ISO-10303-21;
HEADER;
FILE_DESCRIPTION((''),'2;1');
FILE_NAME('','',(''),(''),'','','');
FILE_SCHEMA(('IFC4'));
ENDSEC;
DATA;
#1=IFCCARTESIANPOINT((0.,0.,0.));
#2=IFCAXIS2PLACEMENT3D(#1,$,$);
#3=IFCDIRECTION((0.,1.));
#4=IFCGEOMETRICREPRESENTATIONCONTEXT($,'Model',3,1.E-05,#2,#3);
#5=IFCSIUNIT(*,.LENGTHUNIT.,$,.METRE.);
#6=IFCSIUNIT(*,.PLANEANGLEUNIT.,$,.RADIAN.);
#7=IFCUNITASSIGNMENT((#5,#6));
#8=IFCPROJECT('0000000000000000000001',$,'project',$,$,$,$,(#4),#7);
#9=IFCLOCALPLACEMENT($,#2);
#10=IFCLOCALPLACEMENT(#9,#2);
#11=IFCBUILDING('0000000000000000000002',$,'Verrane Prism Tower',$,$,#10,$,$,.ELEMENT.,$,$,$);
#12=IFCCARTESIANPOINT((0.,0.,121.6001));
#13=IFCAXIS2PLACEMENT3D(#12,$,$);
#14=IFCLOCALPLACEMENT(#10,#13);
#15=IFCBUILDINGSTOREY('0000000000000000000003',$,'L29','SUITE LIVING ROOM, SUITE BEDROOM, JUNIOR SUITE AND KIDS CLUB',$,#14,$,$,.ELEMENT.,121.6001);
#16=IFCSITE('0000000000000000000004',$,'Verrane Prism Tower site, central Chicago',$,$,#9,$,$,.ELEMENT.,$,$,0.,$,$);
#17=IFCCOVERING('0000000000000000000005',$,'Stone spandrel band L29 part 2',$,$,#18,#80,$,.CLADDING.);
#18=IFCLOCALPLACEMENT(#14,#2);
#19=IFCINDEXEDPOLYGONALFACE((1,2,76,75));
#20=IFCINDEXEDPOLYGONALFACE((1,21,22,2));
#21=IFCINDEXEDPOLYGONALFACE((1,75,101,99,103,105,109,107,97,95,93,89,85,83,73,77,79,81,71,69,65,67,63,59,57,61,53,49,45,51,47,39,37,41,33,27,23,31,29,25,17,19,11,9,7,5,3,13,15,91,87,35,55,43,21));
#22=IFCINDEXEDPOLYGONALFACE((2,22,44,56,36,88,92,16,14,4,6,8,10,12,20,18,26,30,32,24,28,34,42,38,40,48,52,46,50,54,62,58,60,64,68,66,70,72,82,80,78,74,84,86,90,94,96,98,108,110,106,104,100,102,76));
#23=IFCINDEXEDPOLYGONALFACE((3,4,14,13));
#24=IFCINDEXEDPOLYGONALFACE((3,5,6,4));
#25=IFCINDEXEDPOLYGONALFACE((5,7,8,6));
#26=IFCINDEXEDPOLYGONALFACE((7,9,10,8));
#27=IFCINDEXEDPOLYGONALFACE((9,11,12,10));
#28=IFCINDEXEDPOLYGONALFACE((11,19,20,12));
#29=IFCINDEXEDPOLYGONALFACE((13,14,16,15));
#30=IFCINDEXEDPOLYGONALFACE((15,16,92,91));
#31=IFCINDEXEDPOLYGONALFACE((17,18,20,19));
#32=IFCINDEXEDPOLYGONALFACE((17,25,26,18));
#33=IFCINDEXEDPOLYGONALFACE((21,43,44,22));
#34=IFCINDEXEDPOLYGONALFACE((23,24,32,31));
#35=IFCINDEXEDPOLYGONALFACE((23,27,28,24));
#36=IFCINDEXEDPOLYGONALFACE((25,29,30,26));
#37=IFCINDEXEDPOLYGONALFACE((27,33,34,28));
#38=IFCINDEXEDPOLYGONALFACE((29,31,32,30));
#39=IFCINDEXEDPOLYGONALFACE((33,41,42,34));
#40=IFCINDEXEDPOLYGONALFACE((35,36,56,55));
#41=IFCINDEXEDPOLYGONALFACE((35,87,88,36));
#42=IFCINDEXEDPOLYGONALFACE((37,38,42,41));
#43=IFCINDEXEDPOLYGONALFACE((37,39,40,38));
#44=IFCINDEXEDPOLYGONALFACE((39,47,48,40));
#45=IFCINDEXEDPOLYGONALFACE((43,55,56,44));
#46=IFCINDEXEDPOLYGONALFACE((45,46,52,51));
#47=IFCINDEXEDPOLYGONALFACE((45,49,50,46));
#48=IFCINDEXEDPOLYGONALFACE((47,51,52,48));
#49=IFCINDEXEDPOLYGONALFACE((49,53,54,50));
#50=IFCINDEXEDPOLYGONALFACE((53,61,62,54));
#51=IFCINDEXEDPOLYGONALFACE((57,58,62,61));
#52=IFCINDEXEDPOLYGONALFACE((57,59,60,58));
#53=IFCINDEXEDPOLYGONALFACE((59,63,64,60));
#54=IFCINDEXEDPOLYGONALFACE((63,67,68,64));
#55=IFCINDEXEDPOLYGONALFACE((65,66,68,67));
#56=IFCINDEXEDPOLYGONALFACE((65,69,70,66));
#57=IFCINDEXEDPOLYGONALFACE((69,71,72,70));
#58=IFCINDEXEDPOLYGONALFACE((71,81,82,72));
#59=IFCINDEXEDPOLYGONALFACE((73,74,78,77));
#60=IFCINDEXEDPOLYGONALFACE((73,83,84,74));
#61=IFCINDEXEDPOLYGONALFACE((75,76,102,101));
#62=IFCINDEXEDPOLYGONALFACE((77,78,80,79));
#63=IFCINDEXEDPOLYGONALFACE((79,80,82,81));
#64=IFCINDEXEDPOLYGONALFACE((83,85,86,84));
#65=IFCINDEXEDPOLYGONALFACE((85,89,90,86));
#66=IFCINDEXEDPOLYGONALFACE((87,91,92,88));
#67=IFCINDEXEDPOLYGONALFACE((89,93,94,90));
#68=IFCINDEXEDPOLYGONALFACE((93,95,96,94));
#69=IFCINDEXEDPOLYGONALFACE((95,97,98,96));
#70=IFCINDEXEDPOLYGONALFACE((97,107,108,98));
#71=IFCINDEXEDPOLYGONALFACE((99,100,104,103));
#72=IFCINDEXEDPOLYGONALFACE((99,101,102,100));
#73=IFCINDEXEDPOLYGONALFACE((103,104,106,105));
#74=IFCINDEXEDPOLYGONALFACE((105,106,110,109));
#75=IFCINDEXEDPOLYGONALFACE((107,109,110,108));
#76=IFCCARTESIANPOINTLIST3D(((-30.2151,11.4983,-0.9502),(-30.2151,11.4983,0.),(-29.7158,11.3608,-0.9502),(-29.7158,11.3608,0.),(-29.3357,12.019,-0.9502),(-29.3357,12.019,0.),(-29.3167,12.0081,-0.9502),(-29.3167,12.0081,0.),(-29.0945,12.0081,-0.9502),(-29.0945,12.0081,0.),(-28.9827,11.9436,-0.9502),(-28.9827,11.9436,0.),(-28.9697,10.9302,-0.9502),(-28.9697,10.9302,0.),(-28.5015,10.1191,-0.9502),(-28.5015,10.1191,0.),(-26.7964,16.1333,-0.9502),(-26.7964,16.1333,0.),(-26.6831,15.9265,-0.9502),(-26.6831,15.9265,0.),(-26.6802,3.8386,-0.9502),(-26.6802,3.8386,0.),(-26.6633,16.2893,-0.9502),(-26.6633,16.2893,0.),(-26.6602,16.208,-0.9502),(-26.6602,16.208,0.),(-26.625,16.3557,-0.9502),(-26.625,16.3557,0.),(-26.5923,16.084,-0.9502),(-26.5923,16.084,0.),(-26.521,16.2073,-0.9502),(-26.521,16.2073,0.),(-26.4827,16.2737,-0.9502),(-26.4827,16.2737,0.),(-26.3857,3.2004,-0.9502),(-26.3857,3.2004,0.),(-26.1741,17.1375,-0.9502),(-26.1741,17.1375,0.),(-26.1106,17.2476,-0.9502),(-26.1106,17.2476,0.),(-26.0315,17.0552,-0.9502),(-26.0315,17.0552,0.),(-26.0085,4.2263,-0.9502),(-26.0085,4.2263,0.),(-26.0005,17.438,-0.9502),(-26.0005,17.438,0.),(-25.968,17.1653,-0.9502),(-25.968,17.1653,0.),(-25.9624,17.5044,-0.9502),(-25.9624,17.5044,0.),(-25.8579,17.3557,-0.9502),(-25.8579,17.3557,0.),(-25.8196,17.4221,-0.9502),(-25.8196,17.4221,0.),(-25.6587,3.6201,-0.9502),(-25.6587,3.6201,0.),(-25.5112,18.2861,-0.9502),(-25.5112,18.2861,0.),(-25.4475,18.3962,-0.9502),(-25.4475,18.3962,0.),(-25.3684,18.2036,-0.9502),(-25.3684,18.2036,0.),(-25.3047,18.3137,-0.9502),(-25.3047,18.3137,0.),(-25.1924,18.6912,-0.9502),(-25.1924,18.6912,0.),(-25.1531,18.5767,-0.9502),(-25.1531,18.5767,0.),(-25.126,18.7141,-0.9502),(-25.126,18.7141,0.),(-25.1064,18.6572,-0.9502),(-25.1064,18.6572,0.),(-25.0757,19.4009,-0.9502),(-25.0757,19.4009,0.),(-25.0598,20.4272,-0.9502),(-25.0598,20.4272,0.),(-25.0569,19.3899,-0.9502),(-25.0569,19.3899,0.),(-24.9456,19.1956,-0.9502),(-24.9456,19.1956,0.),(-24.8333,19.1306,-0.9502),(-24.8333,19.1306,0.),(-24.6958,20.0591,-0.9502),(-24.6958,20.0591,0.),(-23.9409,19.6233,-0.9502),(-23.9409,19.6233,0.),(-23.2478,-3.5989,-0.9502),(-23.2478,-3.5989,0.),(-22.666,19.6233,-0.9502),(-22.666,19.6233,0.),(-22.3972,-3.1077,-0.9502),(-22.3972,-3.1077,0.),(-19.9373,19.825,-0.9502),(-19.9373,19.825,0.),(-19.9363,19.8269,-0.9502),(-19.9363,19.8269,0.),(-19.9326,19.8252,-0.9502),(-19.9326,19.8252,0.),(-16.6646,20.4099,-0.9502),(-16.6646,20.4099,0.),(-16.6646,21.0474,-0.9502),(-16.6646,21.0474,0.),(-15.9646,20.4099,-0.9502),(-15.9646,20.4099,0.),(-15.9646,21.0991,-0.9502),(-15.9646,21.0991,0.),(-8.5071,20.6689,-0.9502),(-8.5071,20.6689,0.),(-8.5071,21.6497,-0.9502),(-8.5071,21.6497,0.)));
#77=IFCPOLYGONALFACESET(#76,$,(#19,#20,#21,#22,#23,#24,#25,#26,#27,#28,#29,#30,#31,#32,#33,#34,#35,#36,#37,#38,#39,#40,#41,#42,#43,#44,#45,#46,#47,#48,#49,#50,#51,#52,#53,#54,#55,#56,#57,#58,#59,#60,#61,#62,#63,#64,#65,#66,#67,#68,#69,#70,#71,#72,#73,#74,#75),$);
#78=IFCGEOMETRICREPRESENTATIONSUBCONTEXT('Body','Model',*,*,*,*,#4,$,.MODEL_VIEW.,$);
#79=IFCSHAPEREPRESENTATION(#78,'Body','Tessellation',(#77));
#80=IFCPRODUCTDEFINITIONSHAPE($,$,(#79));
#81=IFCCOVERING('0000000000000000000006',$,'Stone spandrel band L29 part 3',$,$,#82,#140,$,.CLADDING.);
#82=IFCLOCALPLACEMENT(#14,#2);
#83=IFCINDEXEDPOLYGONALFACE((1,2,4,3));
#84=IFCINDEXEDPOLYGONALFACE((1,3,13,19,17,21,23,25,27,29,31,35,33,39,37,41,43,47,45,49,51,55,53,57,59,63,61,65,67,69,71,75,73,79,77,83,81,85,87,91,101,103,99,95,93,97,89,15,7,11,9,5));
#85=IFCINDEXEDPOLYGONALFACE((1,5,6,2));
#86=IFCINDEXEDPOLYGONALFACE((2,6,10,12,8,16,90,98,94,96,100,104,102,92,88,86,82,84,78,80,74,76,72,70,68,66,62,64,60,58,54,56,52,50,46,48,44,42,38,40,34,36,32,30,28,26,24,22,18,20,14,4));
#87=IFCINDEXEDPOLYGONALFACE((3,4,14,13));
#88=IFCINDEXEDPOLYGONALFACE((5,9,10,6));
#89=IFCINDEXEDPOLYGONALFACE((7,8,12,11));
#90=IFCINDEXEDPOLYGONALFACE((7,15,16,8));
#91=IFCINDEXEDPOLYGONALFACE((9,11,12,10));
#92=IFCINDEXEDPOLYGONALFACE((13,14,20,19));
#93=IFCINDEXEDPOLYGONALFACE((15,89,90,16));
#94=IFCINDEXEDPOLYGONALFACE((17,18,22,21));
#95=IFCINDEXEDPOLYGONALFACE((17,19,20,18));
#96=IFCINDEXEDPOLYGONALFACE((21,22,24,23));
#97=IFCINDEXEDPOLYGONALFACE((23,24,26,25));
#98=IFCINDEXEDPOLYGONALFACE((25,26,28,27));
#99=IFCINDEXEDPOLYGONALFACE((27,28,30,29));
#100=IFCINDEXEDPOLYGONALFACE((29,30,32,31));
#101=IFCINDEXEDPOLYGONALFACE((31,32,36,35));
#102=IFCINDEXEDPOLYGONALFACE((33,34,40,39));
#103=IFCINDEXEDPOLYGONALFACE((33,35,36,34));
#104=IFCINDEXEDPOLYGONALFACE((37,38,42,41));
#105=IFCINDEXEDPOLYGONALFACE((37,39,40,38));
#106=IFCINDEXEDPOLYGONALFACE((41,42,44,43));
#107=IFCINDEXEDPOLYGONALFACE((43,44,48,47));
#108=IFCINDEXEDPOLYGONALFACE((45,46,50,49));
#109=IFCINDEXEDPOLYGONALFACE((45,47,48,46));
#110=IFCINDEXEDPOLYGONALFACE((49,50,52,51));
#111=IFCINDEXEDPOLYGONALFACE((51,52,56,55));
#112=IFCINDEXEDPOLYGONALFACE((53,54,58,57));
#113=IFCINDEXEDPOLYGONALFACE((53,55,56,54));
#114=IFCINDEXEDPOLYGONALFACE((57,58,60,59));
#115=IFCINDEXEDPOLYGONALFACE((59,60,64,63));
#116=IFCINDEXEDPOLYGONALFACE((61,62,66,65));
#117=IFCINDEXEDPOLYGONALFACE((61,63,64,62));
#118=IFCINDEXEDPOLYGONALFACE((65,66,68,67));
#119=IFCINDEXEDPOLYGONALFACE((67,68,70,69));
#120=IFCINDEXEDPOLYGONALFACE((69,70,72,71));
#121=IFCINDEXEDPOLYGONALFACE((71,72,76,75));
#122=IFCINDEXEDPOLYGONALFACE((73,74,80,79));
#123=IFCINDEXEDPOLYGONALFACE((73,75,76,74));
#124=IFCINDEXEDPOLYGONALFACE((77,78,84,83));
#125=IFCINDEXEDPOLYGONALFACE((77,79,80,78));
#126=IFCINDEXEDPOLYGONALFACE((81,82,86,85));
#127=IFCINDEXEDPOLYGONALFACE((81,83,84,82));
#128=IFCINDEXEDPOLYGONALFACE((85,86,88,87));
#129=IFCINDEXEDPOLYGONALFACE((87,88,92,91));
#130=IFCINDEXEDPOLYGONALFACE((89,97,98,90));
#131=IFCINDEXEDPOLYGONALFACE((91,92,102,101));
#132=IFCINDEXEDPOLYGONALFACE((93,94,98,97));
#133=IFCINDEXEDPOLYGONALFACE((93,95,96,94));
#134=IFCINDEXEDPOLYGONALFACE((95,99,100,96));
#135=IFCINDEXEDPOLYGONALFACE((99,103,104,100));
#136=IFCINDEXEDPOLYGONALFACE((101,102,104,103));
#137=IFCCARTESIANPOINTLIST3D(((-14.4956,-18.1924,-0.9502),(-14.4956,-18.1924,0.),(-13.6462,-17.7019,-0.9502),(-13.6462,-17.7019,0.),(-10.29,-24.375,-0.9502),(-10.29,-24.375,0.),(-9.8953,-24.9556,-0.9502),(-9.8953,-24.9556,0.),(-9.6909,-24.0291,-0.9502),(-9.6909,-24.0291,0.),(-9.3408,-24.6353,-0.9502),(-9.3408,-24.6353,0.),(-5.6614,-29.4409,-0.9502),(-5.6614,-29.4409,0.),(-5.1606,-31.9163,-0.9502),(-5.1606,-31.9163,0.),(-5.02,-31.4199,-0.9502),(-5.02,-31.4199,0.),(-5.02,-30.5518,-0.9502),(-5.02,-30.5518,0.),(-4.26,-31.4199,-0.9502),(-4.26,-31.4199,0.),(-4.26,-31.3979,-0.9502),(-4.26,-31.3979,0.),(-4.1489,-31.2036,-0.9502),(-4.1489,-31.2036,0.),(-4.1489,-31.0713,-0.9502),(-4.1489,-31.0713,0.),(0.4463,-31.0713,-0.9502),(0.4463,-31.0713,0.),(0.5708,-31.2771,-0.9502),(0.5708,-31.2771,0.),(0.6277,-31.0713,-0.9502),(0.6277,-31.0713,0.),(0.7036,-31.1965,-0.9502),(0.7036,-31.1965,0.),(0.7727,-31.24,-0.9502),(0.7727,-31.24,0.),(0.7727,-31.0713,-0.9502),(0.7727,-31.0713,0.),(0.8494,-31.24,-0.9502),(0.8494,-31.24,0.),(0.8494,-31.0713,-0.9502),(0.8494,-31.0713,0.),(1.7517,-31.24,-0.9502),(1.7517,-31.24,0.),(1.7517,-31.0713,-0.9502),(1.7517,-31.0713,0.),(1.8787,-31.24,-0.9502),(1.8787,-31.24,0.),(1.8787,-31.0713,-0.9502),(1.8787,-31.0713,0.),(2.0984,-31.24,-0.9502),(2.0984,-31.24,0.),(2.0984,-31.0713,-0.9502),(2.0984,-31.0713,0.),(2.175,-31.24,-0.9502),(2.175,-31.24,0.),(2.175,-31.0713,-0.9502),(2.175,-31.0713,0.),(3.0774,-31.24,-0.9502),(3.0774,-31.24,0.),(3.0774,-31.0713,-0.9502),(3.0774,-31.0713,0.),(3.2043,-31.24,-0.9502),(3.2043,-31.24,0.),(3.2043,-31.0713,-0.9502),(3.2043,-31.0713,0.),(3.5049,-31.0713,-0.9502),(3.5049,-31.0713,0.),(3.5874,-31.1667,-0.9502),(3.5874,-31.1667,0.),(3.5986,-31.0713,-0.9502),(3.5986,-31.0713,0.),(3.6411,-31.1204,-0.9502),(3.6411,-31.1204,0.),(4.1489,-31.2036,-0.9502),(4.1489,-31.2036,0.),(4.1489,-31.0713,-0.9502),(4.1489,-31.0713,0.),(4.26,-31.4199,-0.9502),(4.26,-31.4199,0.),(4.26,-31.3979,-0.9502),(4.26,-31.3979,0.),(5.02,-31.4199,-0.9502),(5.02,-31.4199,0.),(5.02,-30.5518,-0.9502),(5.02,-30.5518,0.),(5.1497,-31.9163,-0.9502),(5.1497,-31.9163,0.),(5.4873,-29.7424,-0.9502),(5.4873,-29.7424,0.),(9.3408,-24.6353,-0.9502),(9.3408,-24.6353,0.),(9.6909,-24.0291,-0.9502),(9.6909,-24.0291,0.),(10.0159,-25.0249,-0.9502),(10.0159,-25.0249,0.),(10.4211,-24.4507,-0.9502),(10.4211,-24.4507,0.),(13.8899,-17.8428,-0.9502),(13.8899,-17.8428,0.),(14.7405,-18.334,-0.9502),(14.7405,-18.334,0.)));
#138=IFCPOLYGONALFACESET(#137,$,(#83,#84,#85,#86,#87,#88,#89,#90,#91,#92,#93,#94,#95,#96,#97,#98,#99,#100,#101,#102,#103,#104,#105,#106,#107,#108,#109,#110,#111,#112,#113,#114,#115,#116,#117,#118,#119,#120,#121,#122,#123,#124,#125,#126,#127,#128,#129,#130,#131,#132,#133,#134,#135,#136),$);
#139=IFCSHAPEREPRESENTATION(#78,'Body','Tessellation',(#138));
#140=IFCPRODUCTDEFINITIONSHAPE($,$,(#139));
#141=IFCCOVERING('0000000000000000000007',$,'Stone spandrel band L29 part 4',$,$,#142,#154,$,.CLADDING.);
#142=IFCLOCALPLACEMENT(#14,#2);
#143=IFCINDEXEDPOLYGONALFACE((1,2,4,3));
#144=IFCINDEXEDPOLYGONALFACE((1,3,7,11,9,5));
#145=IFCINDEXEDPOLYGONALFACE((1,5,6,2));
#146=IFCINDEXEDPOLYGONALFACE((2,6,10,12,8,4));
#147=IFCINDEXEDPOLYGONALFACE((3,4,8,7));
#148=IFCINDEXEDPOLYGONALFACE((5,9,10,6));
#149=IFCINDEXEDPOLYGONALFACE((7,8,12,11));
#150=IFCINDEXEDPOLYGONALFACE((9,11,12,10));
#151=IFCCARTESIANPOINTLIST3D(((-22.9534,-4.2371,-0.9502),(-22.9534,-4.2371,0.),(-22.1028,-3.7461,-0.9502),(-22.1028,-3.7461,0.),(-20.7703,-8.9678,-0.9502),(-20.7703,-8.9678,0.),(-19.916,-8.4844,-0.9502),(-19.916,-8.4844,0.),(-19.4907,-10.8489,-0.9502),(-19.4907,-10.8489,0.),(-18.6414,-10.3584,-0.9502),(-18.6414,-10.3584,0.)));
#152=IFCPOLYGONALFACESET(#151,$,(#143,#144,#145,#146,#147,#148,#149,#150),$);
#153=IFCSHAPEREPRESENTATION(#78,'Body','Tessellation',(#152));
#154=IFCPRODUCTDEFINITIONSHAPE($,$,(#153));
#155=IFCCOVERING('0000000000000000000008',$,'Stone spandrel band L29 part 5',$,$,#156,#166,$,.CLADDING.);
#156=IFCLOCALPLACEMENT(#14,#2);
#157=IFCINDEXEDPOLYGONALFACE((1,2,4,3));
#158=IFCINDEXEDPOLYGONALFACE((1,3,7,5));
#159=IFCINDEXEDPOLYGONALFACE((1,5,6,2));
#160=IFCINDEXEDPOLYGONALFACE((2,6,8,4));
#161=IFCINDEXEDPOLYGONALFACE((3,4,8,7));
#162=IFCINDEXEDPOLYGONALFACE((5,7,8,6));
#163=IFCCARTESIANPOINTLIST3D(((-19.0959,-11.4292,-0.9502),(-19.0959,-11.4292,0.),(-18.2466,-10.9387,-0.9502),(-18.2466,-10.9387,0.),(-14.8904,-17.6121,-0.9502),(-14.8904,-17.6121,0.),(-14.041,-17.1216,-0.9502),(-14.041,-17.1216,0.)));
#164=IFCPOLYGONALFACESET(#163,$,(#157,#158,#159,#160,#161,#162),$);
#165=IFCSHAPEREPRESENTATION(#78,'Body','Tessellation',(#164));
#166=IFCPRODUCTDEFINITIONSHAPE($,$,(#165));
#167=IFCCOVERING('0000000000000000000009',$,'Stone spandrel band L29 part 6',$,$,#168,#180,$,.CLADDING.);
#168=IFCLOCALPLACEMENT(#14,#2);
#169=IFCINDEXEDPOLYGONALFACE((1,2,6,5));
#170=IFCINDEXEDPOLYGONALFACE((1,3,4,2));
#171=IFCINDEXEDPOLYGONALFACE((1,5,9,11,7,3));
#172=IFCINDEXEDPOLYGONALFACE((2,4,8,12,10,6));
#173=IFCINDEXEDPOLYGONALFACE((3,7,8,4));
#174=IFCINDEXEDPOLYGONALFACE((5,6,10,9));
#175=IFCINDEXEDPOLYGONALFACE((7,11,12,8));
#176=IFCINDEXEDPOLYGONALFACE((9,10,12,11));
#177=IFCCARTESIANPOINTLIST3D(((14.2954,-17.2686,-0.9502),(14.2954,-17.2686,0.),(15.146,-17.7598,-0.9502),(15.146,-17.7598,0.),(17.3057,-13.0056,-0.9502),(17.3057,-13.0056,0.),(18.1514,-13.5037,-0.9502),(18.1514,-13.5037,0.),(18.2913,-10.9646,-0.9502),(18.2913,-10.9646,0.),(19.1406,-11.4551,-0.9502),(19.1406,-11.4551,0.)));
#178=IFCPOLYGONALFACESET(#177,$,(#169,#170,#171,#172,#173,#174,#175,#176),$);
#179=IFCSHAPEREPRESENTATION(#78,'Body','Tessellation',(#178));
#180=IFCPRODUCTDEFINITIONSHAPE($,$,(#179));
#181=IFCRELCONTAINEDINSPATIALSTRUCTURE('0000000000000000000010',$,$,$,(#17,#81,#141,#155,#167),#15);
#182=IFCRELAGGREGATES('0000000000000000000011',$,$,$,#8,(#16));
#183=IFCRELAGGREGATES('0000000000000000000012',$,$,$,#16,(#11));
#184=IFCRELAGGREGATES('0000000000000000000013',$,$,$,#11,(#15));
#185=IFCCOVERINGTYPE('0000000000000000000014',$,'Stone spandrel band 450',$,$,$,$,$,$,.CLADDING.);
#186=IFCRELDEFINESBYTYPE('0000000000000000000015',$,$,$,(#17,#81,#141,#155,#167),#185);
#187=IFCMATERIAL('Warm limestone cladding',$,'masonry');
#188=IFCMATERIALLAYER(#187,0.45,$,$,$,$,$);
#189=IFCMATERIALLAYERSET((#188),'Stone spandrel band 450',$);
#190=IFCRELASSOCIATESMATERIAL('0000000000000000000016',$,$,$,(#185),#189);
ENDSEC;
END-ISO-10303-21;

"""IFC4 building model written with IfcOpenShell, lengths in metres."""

from ifc_helpers import new_model, si_unit, direction, frame, origin, place, context, subcontext, project, spatial, polyline, outline, extrude, material, layer, layer_set, type_object, element, save


model = new_model("IFC4")

# Units and contexts
model_context = context("Model", 3, precision=1e-05, world=origin(), true_north=direction((0.0, 1.0)))
body_context = subcontext(model_context, "Body", "Model", "MODEL_VIEW")
ifc_project = project(units=[si_unit("LENGTHUNIT", "METRE"), si_unit("PLANEANGLEUNIT", "RADIAN")], contexts=[model_context])

# Site, building, storey
site_placement = place(None, origin())
site = spatial("IfcSite", under=ifc_project, at=site_placement, Name="Verrane Prism Tower site, central Chicago", CompositionType="ELEMENT", RefElevation=0.0)
building_placement = place(site_placement, origin())
building = spatial("IfcBuilding", under=site, at=building_placement, Name="Verrane Prism Tower", CompositionType="ELEMENT")
storey_placement = place(building_placement, frame((0.0, 0.0, 121.6001)))
storey = spatial("IfcBuildingStorey", under=building, at=storey_placement, Name="L29", Description="SUITE LIVING ROOM, SUITE BEDROOM, JUNIOR SUITE AND KIDS CLUB", CompositionType="ELEMENT", Elevation=121.6001)

# Coverings
ifc_material_1 = material(Name="Warm limestone cladding", Category="masonry")
ifc_layer_1 = layer(ifc_material_1, 0.45)
ifc_layer_set_1 = layer_set([ifc_layer_1], Name="Stone spandrel band 450")
covering_type_1 = type_object("IfcCoveringType", Name="Stone spandrel band 450", PredefinedType="CLADDING", material=ifc_layer_set_1)
covering_1_placement = place(storey_placement, frame((0.0, 0.0, -0.9502)))
element("IfcCovering", 1, at=covering_1_placement, inside=storey, type_object=covering_type_1, Name="Stone spandrel band L29 part 2", PredefinedType="CLADDING", context=body_context, shape_type="SweptSolid", body=[
    extrude(outline(polyline([(-22.3972, -3.1077), (-28.5015, 10.1191), (-28.9697, 10.9302), (-29.7158, 11.3608), (-29.3357, 12.019), (-29.3167, 12.0081), (-29.0945, 12.0081), (-28.9827, 11.9436), (-26.6831, 15.9265), (-26.7964, 16.1333), (-26.6602, 16.208), (-26.5923, 16.084), (-26.521, 16.2073), (-26.6633, 16.2893), (-26.625, 16.3557), (-26.4827, 16.2737), (-26.0315, 17.0552), (-26.1741, 17.1375), (-26.1106, 17.2476), (-25.968, 17.1653), (-25.8579, 17.3557), (-26.0005, 17.438), (-25.9624, 17.5044), (-25.8196, 17.4221), (-25.3684, 18.2036), (-25.5112, 18.2861), (-25.4475, 18.3962), (-25.3047, 18.3137), (-25.1531, 18.5767), (-25.1924, 18.6912), (-25.126, 18.7141), (-25.1064, 18.6572), (-24.8333, 19.1306), (-24.9456, 19.1956), (-25.0569, 19.3899), (-25.0757, 19.4009), (-24.6958, 20.0591), (-23.9409, 19.6233), (-22.666, 19.6233), (-19.9373, 19.825), (-19.9363, 19.8269), (-19.9326, 19.8252), (-8.5071, 20.6689), (-8.5071, 21.6497), (-15.9646, 21.0991), (-15.9646, 20.4099), (-16.6646, 20.4099), (-16.6646, 21.0474), (-25.0598, 20.4272), (-30.2151, 11.4983), (-26.6802, 3.8386), (-26.0085, 4.2263), (-25.6587, 3.6201), (-26.3857, 3.2004), (-23.2478, -3.5989), (-22.3972, -3.1077)])), origin(), (0.0, 0.0, 1.0), 0.9502),
])
covering_2_placement = place(storey_placement, frame((0.0, 0.0, -0.9502)))
element("IfcCovering", 2, at=covering_2_placement, inside=storey, type_object=covering_type_1, Name="Stone spandrel band L29 part 3", PredefinedType="CLADDING", context=body_context, shape_type="SweptSolid", body=[
    extrude(outline(polyline([(5.1497, -31.9163), (10.0159, -25.0249), (9.3408, -24.6353), (9.6909, -24.0291), (10.4211, -24.4507), (14.7405, -18.334), (13.8899, -17.8428), (5.4873, -29.7424), (5.02, -30.5518), (5.02, -31.4199), (4.26, -31.4199), (4.26, -31.3979), (4.1489, -31.2036), (4.1489, -31.0713), (3.5986, -31.0713), (3.6411, -31.1204), (3.5874, -31.1667), (3.5049, -31.0713), (3.2043, -31.0713), (3.2043, -31.24), (3.0774, -31.24), (3.0774, -31.0713), (2.175, -31.0713), (2.175, -31.24), (2.0984, -31.24), (2.0984, -31.0713), (1.8787, -31.0713), (1.8787, -31.24), (1.7517, -31.24), (1.7517, -31.0713), (0.8494, -31.0713), (0.8494, -31.24), (0.7727, -31.24), (0.7727, -31.0713), (0.6277, -31.0713), (0.7036, -31.1965), (0.5708, -31.2771), (0.4463, -31.0713), (-4.1489, -31.0713), (-4.1489, -31.2036), (-4.26, -31.3979), (-4.26, -31.4199), (-5.02, -31.4199), (-5.02, -30.5518), (-5.6614, -29.4409), (-13.6462, -17.7019), (-14.4956, -18.1924), (-10.29, -24.375), (-9.6909, -24.0291), (-9.3408, -24.6353), (-9.8953, -24.9556), (-5.1606, -31.9163), (5.1497, -31.9163)])), origin(), (0.0, 0.0, 1.0), 0.9502),
])
covering_3_placement = place(storey_placement, frame((0.0, 0.0, -0.9502)))
element("IfcCovering", 3, at=covering_3_placement, inside=storey, type_object=covering_type_1, Name="Stone spandrel band L29 part 4", PredefinedType="CLADDING", context=body_context, shape_type="SweptSolid", body=[
    extrude(outline(polyline([(-18.6414, -10.3584), (-19.916, -8.4844), (-22.1028, -3.7461), (-22.9534, -4.2371), (-20.7703, -8.9678), (-19.4907, -10.8489), (-18.6414, -10.3584)])), origin(), (0.0, 0.0, 1.0), 0.9502),
])
covering_4_placement = place(storey_placement, frame((0.0, 0.0, -0.9502)))
element("IfcCovering", 4, at=covering_4_placement, inside=storey, type_object=covering_type_1, Name="Stone spandrel band L29 part 5", PredefinedType="CLADDING", context=body_context, shape_type="SweptSolid", body=[
    extrude(outline(polyline([(-14.8904, -17.6121), (-14.041, -17.1216), (-18.2466, -10.9387), (-19.0959, -11.4292), (-14.8904, -17.6121)])), origin(), (0.0, 0.0, 1.0), 0.9502),
])
covering_5_placement = place(storey_placement, frame((0.0, 0.0, -0.9502)))
element("IfcCovering", 5, at=covering_5_placement, inside=storey, type_object=covering_type_1, Name="Stone spandrel band L29 part 6", PredefinedType="CLADDING", context=body_context, shape_type="SweptSolid", body=[
    extrude(outline(polyline([(19.1406, -11.4551), (18.2913, -10.9646), (17.3057, -13.0056), (14.2954, -17.2686), (15.146, -17.7598), (18.1514, -13.5037), (19.1406, -11.4551)])), origin(), (0.0, 0.0, 1.0), 0.9502),
])

save(model, "model.ifc")
